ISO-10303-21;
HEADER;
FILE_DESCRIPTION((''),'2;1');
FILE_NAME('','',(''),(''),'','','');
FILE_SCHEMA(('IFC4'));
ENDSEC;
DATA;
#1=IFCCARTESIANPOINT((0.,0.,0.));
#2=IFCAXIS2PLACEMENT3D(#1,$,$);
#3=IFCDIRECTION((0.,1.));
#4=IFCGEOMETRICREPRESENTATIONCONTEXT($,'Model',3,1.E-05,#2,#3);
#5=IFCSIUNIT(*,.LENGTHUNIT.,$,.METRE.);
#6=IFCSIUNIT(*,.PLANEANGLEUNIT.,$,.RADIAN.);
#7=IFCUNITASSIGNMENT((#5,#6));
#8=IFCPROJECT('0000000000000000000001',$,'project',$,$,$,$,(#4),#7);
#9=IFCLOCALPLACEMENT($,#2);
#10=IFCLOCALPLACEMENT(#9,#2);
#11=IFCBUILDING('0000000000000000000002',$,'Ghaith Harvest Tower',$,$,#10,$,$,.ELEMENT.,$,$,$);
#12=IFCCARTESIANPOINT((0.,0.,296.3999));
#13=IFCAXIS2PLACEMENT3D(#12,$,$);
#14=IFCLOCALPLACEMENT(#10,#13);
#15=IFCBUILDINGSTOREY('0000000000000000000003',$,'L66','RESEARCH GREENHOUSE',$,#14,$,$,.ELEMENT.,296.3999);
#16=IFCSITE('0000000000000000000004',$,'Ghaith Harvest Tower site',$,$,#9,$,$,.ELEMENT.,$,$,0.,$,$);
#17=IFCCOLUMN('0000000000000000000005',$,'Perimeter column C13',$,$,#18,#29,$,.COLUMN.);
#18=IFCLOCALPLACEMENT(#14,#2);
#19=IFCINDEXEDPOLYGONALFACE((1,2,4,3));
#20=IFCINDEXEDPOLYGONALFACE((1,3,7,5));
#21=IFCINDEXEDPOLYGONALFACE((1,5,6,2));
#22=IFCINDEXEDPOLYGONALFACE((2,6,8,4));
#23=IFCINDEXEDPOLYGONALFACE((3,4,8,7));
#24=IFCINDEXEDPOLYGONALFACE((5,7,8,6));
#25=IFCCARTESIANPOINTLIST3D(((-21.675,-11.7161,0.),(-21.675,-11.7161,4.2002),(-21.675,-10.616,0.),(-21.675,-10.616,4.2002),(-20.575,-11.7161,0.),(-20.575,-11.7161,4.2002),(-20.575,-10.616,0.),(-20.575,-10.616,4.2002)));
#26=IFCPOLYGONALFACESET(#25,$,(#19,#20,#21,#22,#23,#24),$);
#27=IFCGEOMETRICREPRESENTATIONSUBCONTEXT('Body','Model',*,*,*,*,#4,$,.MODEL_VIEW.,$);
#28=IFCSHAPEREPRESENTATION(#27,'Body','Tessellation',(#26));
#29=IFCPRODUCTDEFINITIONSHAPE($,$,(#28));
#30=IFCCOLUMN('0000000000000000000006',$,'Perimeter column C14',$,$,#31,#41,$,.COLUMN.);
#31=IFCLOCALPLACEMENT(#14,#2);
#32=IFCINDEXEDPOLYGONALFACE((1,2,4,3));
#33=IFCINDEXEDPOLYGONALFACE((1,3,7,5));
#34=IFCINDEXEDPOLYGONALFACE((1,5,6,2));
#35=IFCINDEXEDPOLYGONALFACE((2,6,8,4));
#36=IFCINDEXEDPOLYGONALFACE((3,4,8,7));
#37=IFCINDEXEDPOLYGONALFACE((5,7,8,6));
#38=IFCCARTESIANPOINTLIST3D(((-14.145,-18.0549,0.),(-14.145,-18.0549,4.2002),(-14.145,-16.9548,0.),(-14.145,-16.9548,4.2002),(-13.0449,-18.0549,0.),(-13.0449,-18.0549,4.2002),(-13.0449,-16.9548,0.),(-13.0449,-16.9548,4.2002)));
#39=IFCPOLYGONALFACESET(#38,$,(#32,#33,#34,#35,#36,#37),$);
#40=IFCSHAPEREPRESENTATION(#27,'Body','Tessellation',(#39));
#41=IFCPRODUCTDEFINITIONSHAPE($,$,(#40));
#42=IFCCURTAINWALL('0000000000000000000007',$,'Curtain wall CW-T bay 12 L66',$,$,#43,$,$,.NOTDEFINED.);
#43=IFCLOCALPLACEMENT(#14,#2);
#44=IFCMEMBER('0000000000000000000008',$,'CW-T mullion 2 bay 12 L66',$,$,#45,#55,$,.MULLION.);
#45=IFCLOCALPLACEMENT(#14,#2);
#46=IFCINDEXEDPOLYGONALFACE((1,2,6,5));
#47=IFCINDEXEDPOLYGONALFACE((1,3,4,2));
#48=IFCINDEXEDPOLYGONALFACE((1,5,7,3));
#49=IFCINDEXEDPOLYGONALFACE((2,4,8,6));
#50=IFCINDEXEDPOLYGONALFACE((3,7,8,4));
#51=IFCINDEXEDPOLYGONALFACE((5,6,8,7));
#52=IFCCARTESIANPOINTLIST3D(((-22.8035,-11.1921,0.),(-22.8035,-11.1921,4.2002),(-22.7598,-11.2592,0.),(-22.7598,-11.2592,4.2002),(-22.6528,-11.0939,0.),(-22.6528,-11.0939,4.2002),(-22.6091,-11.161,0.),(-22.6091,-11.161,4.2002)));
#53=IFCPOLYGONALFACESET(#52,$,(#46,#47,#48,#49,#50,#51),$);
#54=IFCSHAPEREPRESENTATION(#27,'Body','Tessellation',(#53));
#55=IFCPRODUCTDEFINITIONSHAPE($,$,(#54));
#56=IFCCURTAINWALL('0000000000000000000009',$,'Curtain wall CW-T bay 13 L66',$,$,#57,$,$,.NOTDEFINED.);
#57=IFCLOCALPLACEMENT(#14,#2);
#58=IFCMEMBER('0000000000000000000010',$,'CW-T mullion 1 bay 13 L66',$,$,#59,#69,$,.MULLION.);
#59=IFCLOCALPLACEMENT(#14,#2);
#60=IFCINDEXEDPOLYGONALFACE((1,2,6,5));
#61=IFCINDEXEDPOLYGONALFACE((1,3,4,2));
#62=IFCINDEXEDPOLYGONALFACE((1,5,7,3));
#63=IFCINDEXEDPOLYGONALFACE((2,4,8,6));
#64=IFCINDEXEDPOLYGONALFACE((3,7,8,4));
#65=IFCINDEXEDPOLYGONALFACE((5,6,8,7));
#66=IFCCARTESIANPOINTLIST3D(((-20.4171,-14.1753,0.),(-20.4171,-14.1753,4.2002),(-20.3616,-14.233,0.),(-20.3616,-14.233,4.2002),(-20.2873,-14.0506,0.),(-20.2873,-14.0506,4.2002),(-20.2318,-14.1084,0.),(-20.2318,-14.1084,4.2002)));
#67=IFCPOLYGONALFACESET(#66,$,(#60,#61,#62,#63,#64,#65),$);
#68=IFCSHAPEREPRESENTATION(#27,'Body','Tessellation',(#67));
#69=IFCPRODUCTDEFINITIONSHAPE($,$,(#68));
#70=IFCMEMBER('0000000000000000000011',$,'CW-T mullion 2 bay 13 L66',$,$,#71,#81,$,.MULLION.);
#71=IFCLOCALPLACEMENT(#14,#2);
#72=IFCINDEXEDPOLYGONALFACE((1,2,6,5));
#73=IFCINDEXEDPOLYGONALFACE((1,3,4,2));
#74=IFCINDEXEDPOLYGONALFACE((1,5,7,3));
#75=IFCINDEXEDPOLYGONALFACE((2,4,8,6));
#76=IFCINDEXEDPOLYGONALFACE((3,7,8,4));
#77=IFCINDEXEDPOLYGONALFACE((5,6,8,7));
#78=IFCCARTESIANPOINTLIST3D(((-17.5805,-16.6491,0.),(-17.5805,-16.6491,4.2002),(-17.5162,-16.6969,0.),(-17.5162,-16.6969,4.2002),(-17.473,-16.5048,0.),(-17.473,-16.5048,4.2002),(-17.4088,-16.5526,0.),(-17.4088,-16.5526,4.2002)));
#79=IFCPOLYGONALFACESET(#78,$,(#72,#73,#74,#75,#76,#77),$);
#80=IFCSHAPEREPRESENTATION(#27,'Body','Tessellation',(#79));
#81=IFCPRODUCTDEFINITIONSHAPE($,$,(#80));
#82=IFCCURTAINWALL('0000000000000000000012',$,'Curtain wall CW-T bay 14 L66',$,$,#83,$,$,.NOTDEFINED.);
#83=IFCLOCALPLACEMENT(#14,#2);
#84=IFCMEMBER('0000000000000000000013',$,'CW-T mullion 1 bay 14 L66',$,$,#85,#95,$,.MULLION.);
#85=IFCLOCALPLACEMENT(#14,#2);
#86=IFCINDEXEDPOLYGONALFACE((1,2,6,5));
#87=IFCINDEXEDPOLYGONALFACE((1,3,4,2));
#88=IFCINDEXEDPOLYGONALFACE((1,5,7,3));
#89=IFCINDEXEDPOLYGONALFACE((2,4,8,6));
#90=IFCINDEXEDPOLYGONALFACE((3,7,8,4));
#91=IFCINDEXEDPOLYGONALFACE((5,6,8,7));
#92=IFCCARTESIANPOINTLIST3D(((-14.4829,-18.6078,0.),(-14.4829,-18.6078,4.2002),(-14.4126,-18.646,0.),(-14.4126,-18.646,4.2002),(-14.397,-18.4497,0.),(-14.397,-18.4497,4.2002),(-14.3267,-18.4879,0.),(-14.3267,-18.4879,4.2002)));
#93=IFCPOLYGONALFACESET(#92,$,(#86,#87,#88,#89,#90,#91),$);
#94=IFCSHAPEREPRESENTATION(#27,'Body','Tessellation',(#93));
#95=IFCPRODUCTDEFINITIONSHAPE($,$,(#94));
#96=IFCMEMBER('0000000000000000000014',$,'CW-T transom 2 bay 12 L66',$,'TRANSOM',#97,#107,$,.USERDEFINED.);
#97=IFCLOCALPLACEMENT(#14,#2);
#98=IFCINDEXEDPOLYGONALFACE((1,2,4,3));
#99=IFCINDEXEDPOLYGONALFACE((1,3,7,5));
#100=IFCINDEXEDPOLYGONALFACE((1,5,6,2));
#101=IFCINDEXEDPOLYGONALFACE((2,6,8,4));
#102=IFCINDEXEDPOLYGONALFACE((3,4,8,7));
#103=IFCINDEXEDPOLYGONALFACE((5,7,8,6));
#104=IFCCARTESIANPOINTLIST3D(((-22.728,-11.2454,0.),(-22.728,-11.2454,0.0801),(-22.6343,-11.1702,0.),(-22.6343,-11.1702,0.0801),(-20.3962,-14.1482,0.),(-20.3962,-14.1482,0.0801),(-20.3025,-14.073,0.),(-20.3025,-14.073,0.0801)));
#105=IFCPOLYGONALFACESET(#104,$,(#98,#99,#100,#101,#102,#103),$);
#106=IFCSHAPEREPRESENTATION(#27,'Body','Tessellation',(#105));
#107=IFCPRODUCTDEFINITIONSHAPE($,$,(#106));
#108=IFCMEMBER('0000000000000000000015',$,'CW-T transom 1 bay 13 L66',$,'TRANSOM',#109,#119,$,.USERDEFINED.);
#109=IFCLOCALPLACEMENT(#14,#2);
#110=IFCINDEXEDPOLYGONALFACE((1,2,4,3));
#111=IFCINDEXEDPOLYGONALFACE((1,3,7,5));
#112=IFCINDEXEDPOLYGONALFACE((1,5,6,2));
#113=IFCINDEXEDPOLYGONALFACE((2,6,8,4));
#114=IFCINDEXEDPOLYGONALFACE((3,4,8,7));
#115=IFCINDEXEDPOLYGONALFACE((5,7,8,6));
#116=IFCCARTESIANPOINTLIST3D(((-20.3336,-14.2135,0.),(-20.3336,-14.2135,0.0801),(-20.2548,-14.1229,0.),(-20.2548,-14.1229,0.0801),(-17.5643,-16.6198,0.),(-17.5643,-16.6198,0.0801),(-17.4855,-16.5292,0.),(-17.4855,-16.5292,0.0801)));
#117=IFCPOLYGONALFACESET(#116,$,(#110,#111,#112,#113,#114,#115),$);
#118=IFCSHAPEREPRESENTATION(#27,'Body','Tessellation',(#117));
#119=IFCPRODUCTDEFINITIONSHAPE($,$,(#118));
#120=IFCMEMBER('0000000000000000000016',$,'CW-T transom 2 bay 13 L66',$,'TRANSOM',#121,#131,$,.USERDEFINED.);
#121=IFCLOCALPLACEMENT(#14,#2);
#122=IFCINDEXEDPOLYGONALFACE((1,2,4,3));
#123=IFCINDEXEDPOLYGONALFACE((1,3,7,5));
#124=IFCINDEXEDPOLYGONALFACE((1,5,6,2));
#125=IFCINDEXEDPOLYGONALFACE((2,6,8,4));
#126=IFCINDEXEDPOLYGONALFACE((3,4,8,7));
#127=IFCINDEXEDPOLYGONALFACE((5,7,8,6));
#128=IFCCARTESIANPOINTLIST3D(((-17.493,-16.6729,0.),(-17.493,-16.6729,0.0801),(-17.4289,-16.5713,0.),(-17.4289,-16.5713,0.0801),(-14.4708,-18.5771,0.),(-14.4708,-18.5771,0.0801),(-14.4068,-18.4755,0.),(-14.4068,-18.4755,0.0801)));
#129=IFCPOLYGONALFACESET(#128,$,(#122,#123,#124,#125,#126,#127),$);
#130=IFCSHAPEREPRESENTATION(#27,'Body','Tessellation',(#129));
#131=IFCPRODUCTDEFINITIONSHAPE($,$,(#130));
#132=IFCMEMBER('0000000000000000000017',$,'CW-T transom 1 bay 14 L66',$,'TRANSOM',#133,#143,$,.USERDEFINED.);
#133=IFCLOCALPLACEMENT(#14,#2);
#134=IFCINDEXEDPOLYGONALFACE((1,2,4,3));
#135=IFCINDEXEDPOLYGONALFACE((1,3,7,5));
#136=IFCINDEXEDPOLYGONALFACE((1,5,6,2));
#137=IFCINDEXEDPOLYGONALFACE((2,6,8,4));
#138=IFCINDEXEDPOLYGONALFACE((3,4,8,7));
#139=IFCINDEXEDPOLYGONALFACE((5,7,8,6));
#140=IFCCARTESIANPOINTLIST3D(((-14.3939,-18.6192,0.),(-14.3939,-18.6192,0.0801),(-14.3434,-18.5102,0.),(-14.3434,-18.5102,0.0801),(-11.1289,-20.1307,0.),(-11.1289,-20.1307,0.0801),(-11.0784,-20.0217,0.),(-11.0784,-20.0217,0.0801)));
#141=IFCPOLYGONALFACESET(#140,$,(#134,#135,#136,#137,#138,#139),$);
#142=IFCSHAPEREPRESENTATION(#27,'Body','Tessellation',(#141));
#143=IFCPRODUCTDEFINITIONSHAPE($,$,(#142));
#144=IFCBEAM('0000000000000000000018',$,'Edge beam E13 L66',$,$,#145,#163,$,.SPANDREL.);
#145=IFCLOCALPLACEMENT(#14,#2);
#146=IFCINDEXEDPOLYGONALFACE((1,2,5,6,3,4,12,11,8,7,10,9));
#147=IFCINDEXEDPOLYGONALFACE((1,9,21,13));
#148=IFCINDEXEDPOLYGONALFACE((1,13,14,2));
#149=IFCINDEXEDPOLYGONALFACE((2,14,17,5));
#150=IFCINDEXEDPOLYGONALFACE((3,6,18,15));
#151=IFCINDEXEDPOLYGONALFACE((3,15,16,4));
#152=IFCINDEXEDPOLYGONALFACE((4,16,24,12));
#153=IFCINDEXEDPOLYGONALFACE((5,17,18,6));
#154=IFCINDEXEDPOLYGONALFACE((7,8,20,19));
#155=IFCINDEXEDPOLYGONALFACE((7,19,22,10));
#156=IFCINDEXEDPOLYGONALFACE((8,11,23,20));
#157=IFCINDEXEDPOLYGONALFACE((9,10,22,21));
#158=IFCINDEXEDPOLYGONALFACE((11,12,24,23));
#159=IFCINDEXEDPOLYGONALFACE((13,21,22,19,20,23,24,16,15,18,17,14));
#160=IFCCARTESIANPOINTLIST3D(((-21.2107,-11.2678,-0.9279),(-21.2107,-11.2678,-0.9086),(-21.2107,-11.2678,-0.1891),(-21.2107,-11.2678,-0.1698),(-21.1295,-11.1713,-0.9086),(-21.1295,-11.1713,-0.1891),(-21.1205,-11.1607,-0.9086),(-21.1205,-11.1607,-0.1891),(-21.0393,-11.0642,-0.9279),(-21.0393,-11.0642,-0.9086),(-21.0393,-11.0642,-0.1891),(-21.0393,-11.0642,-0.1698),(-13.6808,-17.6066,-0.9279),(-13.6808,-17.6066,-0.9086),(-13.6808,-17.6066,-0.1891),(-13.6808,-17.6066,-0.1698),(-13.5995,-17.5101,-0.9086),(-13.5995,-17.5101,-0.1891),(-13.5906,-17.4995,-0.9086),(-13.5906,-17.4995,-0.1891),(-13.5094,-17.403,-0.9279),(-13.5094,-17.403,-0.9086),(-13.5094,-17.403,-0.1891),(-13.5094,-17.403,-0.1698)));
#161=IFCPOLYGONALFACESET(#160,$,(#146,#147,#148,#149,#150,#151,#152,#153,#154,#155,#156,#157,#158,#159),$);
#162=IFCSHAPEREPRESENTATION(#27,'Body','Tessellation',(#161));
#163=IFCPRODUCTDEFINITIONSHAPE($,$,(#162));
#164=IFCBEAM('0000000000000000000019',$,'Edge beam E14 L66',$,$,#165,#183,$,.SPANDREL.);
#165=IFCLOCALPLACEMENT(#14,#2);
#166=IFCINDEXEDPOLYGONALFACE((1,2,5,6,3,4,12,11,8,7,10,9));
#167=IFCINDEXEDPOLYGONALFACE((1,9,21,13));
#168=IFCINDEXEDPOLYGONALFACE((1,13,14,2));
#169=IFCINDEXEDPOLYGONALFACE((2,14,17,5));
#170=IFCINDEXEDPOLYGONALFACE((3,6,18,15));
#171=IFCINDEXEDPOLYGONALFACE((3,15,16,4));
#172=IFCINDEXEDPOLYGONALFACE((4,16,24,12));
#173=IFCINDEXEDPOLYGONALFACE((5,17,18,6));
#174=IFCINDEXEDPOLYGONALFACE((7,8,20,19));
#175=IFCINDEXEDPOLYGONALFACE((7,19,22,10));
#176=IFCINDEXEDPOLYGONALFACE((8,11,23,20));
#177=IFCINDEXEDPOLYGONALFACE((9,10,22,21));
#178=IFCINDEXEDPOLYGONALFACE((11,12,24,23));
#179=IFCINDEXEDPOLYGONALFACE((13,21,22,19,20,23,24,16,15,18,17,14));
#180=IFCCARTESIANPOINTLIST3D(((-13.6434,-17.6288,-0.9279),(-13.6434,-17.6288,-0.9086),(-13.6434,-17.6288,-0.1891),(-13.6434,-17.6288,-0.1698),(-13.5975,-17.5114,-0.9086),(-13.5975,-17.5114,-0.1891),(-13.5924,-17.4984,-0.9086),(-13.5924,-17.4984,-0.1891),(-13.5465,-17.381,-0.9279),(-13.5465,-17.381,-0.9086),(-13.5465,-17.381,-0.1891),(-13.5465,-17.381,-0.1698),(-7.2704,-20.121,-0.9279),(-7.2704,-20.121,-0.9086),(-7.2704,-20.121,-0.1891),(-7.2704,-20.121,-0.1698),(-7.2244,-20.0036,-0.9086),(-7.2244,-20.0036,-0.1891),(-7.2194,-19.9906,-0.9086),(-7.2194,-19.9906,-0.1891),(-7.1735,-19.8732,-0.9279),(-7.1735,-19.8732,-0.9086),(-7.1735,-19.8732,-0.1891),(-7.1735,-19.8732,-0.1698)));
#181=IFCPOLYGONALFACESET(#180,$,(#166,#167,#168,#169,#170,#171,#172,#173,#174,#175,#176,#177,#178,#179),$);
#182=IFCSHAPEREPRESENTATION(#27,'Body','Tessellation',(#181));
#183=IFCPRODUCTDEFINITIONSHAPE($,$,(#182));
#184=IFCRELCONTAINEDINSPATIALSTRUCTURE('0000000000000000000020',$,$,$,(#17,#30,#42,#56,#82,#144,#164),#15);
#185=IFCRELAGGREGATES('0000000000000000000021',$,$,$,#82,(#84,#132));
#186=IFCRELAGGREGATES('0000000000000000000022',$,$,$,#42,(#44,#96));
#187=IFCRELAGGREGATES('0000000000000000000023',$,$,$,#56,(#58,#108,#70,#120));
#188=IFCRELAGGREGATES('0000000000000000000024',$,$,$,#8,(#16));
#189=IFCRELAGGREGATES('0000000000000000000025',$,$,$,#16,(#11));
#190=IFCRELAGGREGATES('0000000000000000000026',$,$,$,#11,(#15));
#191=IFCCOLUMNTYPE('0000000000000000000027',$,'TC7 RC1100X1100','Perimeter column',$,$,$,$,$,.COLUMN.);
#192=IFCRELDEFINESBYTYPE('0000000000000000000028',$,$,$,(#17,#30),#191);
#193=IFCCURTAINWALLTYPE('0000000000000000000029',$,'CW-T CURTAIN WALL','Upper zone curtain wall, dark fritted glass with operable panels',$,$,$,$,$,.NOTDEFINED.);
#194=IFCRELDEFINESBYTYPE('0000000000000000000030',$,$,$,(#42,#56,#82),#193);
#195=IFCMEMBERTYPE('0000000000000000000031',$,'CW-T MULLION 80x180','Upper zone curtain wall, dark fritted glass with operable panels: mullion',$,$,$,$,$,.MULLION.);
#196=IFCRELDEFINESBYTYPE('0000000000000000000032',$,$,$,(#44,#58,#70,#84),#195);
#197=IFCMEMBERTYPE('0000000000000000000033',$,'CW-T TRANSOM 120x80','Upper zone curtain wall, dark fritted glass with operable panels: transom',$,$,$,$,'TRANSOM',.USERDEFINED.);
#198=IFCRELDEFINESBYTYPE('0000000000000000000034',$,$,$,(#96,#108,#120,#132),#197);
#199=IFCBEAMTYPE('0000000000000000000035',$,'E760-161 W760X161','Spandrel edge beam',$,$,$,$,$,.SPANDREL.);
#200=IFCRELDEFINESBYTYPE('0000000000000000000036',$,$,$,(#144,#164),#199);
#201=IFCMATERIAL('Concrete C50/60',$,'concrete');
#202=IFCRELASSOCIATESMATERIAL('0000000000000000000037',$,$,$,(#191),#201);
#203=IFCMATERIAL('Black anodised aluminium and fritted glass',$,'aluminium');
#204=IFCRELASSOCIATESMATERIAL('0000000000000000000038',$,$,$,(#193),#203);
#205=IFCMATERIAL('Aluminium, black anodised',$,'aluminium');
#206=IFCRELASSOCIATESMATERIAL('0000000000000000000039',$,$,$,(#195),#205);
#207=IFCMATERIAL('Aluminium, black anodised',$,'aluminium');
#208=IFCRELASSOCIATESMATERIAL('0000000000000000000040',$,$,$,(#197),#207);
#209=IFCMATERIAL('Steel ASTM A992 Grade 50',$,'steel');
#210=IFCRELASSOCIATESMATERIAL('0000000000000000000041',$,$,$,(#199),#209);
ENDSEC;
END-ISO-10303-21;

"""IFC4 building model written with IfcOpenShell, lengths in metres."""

from ifc_helpers import new_model, si_unit, direction, frame, origin, origin_2d, place, context, subcontext, project, spatial, rectangle, i_section, extrude, material, material_profile, profile_set, type_object, element, aggregate, save


model = new_model("IFC4")

# Units and contexts
model_context = context("Model", 3, precision=1e-05, world=origin(), true_north=direction((0.0, 1.0)))
body_context = subcontext(model_context, "Body", "Model", "MODEL_VIEW")
ifc_project = project(units=[si_unit("LENGTHUNIT", "METRE"), si_unit("PLANEANGLEUNIT", "RADIAN")], contexts=[model_context])

# Site, building, storey
site_placement = place(None, origin())
site = spatial("IfcSite", under=ifc_project, at=site_placement, Name="Ghaith Harvest Tower site", CompositionType="ELEMENT", RefElevation=0.0)
building_placement = place(site_placement, origin())
building = spatial("IfcBuilding", under=site, at=building_placement, Name="Ghaith Harvest Tower", CompositionType="ELEMENT")
storey_placement = place(building_placement, frame((0.0, 0.0, 296.3999)))
storey = spatial("IfcBuildingStorey", under=building, at=storey_placement, Name="L66", Description="RESEARCH GREENHOUSE", CompositionType="ELEMENT", Elevation=296.3999)

# Columns
ifc_material_1 = material(Name="Concrete C50/60", Category="concrete")
ifc_material_profile_1 = material_profile(ifc_material_1, rectangle(XDim=1.1001, YDim=1.1001, at=origin_2d()), Name="RC1100X1100")
ifc_profile_set_1 = profile_set([ifc_material_profile_1], Name="Concrete C50/60")
column_type = type_object("IfcColumnType", Name="TC7 RC1100X1100", Description="Perimeter column", PredefinedType="COLUMN", material=ifc_profile_set_1)
for number, where, z_axis, x_axis, name in (
    (1, (-21.125, -11.166, 0.0), (0.0, 0.0, 1.0), (1.0, 0.0, 0.0), "Perimeter column C13"),
    (2, (-13.595, -17.5049, 0.0), (0.0, 0.0, 1.0), (1.0, 0.0, 0.0), "Perimeter column C14"),
):
    element("IfcColumn", number, at=place(storey_placement, frame(where, z_axis=z_axis, x_axis=x_axis)), inside=storey, type_object=column_type, Name=name, PredefinedType="COLUMN", context=body_context, shape_type="SweptSolid", body=[
        extrude(rectangle(XDim=1.1001, YDim=1.1001, at=origin_2d()), origin(), (0.0, 0.0, 1.0), 4.2002),
    ])

# Curtain wall, member
ifc_material_2 = material(Name="Black anodised aluminium and fritted glass", Category="aluminium")
curtain_wall_type = type_object("IfcCurtainWallType", Name="CW-T CURTAIN WALL", Description="Upper zone curtain wall, dark fritted glass with operable panels", PredefinedType="NOTDEFINED", material=ifc_material_2)
curtain_wall_1_placement = place(storey_placement, origin())
curtain_wall_1 = element("IfcCurtainWall", 3, at=curtain_wall_1_placement, inside=storey, type_object=curtain_wall_type, Name="Curtain wall CW-T bay 12 L66", PredefinedType="NOTDEFINED")
ifc_material_3 = material(Name="Aluminium, black anodised", Category="aluminium")
ifc_material_profile_2 = material_profile(ifc_material_3, rectangle(XDim=0.0801, YDim=0.1799, at=origin_2d()), Name="CW-T MULLION 80x180")
ifc_profile_set_2 = profile_set([ifc_material_profile_2], Name="Aluminium, black anodised")
member_type_1 = type_object("IfcMemberType", Name="CW-T MULLION 80x180", Description="Upper zone curtain wall, dark fritted glass with operable panels: mullion", PredefinedType="MULLION", material=ifc_profile_set_2)
member_1_placement = place(storey_placement, frame((-22.7063, -11.1765, 0.0), z_axis=(0.0, 0.0, 1.0), x_axis=(0.545865, -0.837873, 0.0)))
member_1 = element("IfcMember", 4, at=member_1_placement, type_object=member_type_1, Name="CW-T mullion 2 bay 12 L66", PredefinedType="MULLION", context=body_context, shape_type="SweptSolid", body=[
    extrude(rectangle(XDim=0.0801, YDim=0.1799, at=origin_2d()), origin(), (0.0, 0.0, 1.0), 4.2002),
])

# Curtain wall, members
curtain_wall_2_placement = place(storey_placement, origin())
curtain_wall_2 = element("IfcCurtainWall", 5, at=curtain_wall_2_placement, inside=storey, type_object=curtain_wall_type, Name="Curtain wall CW-T bay 13 L66", PredefinedType="NOTDEFINED")
member_2_placement = place(storey_placement, frame((-20.3245, -14.1418, 0.0), z_axis=(0.0, 0.0, 1.0), x_axis=(0.692826, -0.721104, 0.0)))
member_2 = element("IfcMember", 6, at=member_2_placement, type_object=member_type_1, Name="CW-T mullion 1 bay 13 L66", PredefinedType="MULLION", context=body_context, shape_type="SweptSolid", body=[
    extrude(rectangle(XDim=0.0801, YDim=0.1799, at=origin_2d()), origin(), (0.0, 0.0, 1.0), 4.2002),
])
member_3_placement = place(storey_placement, frame((-17.4946, -16.6008, 0.0), z_axis=(0.0, 0.0, 1.0), x_axis=(0.80219, -0.597069, 0.0)))
member_3 = element("IfcMember", 7, at=member_3_placement, type_object=member_type_1, Name="CW-T mullion 2 bay 13 L66", PredefinedType="MULLION", context=body_context, shape_type="SweptSolid", body=[
    extrude(rectangle(XDim=0.0801, YDim=0.1799, at=origin_2d()), origin(), (0.0, 0.0, 1.0), 4.2002),
])

# Curtain wall, member
curtain_wall_3_placement = place(storey_placement, origin())
curtain_wall_3 = element("IfcCurtainWall", 8, at=curtain_wall_3_placement, inside=storey, type_object=curtain_wall_type, Name="Curtain wall CW-T bay 14 L66", PredefinedType="NOTDEFINED")
member_4_placement = place(storey_placement, frame((-14.4048, -18.5479, 0.0), z_axis=(0.0, 0.0, 1.0), x_axis=(0.878672, -0.477426, 0.0)))
member_4 = element("IfcMember", 9, at=member_4_placement, type_object=member_type_1, Name="CW-T mullion 1 bay 14 L66", PredefinedType="MULLION", context=body_context, shape_type="SweptSolid", body=[
    extrude(rectangle(XDim=0.0801, YDim=0.1799, at=origin_2d()), origin(), (0.0, 0.0, 1.0), 4.2002),
])

# Members
ifc_material_4 = material(Name="Aluminium, black anodised", Category="aluminium")
ifc_material_profile_3 = material_profile(ifc_material_4, rectangle(XDim=0.1201, YDim=0.0801, at=origin_2d()), Name="CW-T TRANSOM 120x80")
ifc_profile_set_3 = profile_set([ifc_material_profile_3], Name="Aluminium, black anodised")
member_type_2 = type_object("IfcMemberType", Name="CW-T TRANSOM 120x80", Description="Upper zone curtain wall, dark fritted glass with operable panels: transom", ElementType="TRANSOM", PredefinedType="USERDEFINED", material=ifc_profile_set_3)
member_5_placement = place(storey_placement, frame((-22.6812, -11.2078, 0.04), z_axis=(0.626253, -0.77962, 0.0), x_axis=(0.77962, 0.626253, 0.0)))
member_5 = element("IfcMember", 10, at=member_5_placement, type_object=member_type_2, Name="CW-T transom 2 bay 12 L66", ObjectType="TRANSOM", PredefinedType="USERDEFINED", context=body_context, shape_type="SweptSolid", body=[
    extrude(rectangle(XDim=0.1201, YDim=0.0801, at=origin_2d()), origin(), (0.0, 0.0, 1.0), 3.7234),
])
member_6_placement = place(storey_placement, frame((-20.2942, -14.1682, 0.04), z_axis=(0.754852, -0.655895, 0.0), x_axis=(0.655895, 0.754852, 0.0)))
member_6 = element("IfcMember", 11, at=member_6_placement, type_object=member_type_2, Name="CW-T transom 1 bay 13 L66", ObjectType="TRANSOM", PredefinedType="USERDEFINED", context=body_context, shape_type="SweptSolid", body=[
    extrude(rectangle(XDim=0.1201, YDim=0.0801, at=origin_2d()), origin(), (0.0, 0.0, 1.0), 3.6687),
])
member_7_placement = place(storey_placement, frame((-17.4609, -16.6221, 0.04), z_axis=(0.846054, -0.533098, 0.0), x_axis=(0.533098, 0.846054, 0.0)))
member_7 = element("IfcMember", 12, at=member_7_placement, type_object=member_type_2, Name="CW-T transom 2 bay 13 L66", ObjectType="TRANSOM", PredefinedType="USERDEFINED", context=body_context, shape_type="SweptSolid", body=[
    extrude(rectangle(XDim=0.1201, YDim=0.0801, at=origin_2d()), origin(), (0.0, 0.0, 1.0), 3.572),
])
member_8_placement = place(storey_placement, frame((-14.3687, -18.5647, 0.04), z_axis=(0.907472, -0.420112, 0.0), x_axis=(0.420112, 0.907472, 0.0)))
member_8 = element("IfcMember", 13, at=member_8_placement, type_object=member_type_2, Name="CW-T transom 1 bay 14 L66", ObjectType="TRANSOM", PredefinedType="USERDEFINED", context=body_context, shape_type="SweptSolid", body=[
    extrude(rectangle(XDim=0.1201, YDim=0.0801, at=origin_2d()), origin(), (0.0, 0.0, 1.0), 3.5979),
])
aggregate(curtain_wall_3, [member_4, member_8])

# Beams
ifc_material_5 = material(Name="Steel ASTM A992 Grade 50", Category="steel")
ifc_material_profile_4 = material_profile(ifc_material_5, i_section(OverallWidth=0.2661, OverallDepth=0.7581, WebThickness=0.0139, FlangeThickness=0.0193, at=origin_2d()), Name="W760X161")
ifc_profile_set_4 = profile_set([ifc_material_profile_4], Name="Steel ASTM A992 Grade 50")
beam_type = type_object("IfcBeamType", Name="E760-161 W760X161", Description="Spandrel edge beam", PredefinedType="SPANDREL", material=ifc_profile_set_4)
beam_1_placement = place(storey_placement, frame((-21.125, -11.166, -0.5488), z_axis=(0.765022, -0.644004, 0.0), x_axis=(0.644004, 0.765022, 0.0)))
element("IfcBeam", 14, at=beam_1_placement, inside=storey, type_object=beam_type, Name="Edge beam E13 L66", PredefinedType="SPANDREL", context=body_context, shape_type="SweptSolid", body=[
    extrude(i_section(OverallWidth=0.2661, OverallDepth=0.7581, WebThickness=0.0139, FlangeThickness=0.0193, at=origin_2d()), origin(), (0.0, 0.0, 1.0), 9.8428),
])
beam_2_placement = place(storey_placement, frame((-13.595, -17.5049, -0.5488), z_axis=(0.931323, -0.364195, 0.0), x_axis=(0.364195, 0.931323, 0.0)))
element("IfcBeam", 15, at=beam_2_placement, inside=storey, type_object=beam_type, Name="Edge beam E14 L66", PredefinedType="SPANDREL", context=body_context, shape_type="SweptSolid", body=[
    extrude(i_section(OverallWidth=0.2661, OverallDepth=0.7581, WebThickness=0.0139, FlangeThickness=0.0193, at=origin_2d()), origin(), (0.0, 0.0, 1.0), 6.843),
])

aggregate(curtain_wall_1, [member_1, member_5])
aggregate(curtain_wall_2, [member_2, member_6, member_3, member_7])

save(model, "model.ifc")
